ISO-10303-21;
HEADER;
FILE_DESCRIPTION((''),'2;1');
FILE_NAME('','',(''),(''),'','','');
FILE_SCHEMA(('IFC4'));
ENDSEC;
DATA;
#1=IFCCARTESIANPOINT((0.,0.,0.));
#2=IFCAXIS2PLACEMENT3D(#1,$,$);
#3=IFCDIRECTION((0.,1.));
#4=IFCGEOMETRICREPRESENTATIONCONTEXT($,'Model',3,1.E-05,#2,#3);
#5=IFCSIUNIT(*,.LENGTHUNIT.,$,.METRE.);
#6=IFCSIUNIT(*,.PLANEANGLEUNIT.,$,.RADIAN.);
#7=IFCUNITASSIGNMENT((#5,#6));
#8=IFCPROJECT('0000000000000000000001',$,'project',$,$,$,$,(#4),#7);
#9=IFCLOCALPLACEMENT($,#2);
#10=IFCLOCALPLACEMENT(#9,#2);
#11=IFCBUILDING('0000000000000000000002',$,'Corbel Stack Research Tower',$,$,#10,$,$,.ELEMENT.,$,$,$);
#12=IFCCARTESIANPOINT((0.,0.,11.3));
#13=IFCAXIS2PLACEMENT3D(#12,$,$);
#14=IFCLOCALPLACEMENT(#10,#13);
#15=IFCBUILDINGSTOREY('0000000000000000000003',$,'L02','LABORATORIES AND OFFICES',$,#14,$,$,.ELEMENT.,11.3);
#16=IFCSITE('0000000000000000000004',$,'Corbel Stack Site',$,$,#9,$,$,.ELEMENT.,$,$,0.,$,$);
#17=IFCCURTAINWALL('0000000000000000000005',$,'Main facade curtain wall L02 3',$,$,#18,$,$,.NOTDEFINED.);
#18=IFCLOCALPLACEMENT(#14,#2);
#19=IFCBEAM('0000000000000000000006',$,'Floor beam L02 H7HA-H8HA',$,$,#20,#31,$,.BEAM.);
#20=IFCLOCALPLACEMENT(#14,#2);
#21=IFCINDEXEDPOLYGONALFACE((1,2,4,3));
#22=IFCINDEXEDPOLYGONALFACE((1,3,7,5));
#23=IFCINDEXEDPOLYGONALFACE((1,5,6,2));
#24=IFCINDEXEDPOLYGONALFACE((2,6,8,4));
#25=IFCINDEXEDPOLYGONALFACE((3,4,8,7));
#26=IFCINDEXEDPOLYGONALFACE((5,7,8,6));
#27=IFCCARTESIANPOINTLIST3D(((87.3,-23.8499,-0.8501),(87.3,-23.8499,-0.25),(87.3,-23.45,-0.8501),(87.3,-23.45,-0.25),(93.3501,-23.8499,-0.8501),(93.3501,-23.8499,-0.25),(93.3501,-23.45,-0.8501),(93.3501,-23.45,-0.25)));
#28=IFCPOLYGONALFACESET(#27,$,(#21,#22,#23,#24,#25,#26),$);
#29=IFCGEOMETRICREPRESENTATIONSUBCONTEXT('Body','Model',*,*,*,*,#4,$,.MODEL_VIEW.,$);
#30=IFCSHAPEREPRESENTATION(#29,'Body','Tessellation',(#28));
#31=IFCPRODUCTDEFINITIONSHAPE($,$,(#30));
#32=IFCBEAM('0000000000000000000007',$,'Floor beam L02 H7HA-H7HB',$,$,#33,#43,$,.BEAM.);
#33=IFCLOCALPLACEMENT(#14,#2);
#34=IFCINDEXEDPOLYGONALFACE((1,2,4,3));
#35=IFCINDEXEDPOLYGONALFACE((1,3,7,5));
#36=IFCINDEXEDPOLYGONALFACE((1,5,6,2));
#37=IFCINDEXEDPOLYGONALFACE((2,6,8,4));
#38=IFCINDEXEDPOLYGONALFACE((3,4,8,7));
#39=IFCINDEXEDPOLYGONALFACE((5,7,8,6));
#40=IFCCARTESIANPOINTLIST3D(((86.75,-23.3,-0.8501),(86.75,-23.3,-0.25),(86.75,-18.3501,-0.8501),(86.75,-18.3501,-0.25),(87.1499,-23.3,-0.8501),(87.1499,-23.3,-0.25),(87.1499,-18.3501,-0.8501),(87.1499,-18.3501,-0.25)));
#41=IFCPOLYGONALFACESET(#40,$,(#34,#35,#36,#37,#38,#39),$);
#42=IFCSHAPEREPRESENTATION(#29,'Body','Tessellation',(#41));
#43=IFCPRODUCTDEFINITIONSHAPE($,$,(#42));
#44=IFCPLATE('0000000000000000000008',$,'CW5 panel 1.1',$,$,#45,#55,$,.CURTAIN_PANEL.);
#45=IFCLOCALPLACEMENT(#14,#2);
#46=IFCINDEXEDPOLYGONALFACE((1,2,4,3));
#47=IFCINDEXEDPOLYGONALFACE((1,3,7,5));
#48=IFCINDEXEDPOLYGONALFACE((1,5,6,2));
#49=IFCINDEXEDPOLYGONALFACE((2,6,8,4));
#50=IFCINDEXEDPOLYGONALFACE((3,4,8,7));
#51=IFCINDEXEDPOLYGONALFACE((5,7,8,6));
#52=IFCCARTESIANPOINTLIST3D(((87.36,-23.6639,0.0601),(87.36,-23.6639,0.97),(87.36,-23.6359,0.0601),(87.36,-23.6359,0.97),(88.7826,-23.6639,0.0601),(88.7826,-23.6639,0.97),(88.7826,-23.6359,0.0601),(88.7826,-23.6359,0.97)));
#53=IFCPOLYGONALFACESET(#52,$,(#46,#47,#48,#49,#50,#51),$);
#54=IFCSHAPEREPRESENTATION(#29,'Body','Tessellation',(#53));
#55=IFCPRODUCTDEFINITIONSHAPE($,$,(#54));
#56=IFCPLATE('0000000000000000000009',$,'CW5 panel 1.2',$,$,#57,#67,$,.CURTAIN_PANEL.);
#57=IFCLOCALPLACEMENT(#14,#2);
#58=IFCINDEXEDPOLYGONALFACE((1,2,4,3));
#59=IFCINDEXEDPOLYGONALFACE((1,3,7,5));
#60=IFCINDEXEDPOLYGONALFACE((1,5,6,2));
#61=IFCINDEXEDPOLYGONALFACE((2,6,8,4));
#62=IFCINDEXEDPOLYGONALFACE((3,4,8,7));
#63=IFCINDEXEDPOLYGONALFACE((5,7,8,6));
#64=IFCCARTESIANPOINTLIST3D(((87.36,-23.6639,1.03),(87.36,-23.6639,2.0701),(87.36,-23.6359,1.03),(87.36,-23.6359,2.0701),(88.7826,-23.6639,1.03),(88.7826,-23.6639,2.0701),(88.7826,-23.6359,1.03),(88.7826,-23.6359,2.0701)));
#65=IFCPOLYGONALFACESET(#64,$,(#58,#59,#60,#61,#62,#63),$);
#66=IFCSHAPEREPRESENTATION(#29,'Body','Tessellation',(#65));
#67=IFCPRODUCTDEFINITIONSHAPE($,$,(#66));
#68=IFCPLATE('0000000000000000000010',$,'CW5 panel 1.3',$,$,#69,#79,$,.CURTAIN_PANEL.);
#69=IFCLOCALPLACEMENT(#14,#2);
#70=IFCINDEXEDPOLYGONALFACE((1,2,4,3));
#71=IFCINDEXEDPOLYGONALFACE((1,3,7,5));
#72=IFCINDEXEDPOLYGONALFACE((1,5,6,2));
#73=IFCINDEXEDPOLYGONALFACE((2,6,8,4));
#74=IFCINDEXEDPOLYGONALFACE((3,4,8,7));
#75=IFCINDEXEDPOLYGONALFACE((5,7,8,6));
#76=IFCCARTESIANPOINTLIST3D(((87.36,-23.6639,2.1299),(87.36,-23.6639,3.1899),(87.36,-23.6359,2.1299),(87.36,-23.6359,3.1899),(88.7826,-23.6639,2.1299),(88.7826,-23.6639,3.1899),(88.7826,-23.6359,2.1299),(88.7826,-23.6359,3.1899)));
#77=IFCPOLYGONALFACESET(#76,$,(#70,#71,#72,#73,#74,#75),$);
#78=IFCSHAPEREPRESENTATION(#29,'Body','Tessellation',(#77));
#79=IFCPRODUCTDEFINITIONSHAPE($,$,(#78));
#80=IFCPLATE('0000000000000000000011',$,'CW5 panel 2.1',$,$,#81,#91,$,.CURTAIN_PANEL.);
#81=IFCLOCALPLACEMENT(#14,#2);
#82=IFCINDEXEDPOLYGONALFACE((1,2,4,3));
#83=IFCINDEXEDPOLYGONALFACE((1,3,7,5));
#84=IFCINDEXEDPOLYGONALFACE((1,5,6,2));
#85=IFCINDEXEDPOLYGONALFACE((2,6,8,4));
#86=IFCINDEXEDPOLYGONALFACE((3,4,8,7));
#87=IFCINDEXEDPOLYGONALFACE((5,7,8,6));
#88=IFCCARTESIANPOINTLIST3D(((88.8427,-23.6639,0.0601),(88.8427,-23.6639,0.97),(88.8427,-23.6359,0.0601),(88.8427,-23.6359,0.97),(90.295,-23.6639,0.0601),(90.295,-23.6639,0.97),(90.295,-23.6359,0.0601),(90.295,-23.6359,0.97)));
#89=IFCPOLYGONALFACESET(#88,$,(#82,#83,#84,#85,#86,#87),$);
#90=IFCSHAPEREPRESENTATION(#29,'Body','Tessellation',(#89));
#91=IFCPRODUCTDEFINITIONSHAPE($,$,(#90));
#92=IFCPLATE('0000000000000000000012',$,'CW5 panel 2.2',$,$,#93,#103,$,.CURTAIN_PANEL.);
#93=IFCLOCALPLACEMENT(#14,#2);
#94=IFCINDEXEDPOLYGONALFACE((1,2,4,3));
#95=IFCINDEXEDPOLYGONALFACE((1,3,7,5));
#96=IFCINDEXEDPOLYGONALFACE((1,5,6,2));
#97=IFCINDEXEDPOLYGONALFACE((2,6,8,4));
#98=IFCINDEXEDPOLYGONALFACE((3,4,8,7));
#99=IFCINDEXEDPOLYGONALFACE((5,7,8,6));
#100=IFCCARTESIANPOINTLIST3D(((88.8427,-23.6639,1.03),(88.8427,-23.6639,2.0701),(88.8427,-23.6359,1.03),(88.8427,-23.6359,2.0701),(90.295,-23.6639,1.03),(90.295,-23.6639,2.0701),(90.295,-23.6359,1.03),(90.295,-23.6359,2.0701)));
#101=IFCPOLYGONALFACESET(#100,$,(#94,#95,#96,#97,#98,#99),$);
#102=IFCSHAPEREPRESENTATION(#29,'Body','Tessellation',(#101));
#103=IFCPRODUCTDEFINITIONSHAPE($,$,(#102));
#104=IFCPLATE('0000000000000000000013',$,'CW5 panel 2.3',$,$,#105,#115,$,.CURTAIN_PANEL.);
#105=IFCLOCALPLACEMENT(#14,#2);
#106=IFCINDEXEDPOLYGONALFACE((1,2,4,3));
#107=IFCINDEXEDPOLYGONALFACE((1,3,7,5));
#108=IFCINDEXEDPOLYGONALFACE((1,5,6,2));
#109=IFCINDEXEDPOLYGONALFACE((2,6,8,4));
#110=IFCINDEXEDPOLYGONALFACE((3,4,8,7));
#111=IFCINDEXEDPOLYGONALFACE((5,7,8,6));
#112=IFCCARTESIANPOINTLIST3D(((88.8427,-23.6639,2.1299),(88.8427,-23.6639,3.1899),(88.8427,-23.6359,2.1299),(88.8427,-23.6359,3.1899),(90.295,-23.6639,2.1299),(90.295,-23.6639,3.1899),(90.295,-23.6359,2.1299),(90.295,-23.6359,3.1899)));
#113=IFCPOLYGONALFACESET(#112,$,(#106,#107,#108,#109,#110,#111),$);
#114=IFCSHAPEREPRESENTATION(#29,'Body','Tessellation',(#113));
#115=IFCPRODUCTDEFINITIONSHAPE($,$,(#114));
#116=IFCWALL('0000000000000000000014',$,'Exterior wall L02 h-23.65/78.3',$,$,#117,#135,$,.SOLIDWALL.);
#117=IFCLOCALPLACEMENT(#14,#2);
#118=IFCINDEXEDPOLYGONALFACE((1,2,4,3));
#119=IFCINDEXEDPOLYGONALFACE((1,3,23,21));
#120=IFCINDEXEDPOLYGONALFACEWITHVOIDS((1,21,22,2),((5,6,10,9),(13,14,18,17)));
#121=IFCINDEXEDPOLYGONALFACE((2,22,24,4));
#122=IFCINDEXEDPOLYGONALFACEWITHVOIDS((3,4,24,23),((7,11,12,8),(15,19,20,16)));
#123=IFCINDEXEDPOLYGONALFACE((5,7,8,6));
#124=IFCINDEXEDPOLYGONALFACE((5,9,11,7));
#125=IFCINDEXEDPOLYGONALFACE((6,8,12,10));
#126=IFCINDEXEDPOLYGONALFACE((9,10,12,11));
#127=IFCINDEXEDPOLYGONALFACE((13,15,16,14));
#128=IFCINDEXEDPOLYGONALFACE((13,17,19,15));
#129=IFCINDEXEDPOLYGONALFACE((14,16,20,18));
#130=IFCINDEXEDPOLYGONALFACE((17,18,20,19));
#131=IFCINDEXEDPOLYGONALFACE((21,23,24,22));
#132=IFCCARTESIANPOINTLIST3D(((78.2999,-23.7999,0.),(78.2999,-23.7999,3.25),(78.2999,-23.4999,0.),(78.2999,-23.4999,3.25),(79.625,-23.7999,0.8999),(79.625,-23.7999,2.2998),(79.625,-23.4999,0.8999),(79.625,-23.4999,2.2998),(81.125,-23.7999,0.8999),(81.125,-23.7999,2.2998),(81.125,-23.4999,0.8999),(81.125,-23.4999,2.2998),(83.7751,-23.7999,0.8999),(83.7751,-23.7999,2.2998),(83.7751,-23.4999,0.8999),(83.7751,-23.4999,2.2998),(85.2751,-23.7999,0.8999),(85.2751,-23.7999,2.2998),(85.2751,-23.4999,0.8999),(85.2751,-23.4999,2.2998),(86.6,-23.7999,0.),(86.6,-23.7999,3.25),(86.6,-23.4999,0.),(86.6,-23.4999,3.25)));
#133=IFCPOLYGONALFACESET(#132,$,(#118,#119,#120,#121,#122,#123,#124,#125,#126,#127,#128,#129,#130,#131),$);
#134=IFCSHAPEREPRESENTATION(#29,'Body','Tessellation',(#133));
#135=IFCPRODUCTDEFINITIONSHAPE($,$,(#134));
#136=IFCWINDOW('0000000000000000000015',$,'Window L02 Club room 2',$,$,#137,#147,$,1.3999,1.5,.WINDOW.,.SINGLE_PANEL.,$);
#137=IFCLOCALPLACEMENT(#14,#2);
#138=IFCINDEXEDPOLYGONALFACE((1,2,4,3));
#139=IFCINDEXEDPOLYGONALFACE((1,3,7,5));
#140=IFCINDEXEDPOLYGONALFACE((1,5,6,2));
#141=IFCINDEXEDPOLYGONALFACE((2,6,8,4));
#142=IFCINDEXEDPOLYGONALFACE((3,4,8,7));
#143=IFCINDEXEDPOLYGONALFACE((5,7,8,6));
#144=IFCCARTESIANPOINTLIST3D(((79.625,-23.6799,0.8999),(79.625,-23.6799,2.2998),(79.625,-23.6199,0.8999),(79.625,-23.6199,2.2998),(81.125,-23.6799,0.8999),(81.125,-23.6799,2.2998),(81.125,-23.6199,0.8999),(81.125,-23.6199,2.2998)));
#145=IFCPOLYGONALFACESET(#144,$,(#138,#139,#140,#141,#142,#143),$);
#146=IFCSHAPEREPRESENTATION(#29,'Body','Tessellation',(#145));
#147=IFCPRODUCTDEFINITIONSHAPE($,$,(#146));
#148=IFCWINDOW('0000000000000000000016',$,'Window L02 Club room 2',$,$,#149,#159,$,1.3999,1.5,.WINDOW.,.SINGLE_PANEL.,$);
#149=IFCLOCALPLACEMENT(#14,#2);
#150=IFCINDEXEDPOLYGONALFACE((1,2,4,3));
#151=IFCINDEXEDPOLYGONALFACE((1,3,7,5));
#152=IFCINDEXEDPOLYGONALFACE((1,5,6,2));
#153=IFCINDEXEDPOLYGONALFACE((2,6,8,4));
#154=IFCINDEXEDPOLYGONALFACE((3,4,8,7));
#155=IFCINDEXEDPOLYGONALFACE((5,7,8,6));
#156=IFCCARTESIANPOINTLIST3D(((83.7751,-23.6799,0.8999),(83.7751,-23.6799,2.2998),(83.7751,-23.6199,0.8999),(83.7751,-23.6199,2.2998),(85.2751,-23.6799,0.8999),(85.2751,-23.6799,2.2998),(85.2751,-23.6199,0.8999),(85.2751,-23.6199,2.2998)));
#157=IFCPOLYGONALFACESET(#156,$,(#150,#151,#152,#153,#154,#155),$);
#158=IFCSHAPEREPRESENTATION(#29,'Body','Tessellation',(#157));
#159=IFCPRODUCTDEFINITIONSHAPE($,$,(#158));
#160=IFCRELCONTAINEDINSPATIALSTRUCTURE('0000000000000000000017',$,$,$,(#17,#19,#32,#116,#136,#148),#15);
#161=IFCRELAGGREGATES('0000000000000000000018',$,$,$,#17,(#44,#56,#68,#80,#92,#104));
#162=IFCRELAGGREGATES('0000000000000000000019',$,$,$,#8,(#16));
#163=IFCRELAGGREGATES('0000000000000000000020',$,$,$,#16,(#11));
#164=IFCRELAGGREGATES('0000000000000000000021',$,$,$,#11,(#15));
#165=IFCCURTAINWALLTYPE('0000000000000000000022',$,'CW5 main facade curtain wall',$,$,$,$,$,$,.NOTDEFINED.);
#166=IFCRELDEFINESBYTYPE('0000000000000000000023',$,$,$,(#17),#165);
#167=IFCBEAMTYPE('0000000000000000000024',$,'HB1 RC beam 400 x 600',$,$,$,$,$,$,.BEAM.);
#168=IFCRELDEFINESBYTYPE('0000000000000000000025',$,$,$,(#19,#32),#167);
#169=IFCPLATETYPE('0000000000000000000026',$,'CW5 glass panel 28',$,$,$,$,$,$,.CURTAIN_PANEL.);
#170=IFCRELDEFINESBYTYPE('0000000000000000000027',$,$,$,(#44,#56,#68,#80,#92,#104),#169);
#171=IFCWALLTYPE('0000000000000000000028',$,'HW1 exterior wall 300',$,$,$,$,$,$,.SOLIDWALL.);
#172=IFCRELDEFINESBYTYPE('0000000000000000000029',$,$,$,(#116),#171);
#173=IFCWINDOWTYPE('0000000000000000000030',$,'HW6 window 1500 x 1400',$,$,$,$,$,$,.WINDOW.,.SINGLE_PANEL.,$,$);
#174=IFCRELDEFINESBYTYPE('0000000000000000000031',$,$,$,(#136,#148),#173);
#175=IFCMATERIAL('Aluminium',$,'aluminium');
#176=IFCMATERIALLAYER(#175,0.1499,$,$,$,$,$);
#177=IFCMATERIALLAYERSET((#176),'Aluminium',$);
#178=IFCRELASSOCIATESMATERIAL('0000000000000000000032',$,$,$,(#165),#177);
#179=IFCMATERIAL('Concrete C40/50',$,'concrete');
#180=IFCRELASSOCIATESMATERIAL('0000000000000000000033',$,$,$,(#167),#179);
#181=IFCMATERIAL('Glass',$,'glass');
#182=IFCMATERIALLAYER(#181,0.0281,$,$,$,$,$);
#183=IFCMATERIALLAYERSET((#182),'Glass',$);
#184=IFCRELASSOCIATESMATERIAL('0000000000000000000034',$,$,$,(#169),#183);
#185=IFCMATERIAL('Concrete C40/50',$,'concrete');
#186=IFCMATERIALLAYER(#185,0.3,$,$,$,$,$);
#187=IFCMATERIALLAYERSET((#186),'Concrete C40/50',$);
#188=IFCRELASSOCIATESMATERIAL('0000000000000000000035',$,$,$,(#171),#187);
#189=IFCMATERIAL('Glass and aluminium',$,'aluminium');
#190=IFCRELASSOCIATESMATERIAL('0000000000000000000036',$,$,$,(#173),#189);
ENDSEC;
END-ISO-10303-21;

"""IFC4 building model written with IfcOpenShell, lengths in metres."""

from ifc_helpers import new_model, si_unit, direction, frame, frame_2d, origin, origin_2d, place, context, subcontext, project, spatial, rectangle, extrude, material, layer, layer_set, material_profile, profile_set, type_object, element, fill, aggregate, save


model = new_model("IFC4")

# Units and contexts
model_context = context("Model", 3, precision=1e-05, world=origin(), true_north=direction((0.0, 1.0)))
body_context = subcontext(model_context, "Body", "Model", "MODEL_VIEW")
ifc_project = project(units=[si_unit("LENGTHUNIT", "METRE"), si_unit("PLANEANGLEUNIT", "RADIAN")], contexts=[model_context])

# Site, building, storey
site_placement = place(None, origin())
site = spatial("IfcSite", under=ifc_project, at=site_placement, Name="Corbel Stack Site", CompositionType="ELEMENT", RefElevation=0.0)
building_placement = place(site_placement, origin())
building = spatial("IfcBuilding", under=site, at=building_placement, Name="Corbel Stack Research Tower", CompositionType="ELEMENT")
storey_placement = place(building_placement, frame((0.0, 0.0, 11.3)))
storey = spatial("IfcBuildingStorey", under=building, at=storey_placement, Name="L02", Description="LABORATORIES AND OFFICES", CompositionType="ELEMENT", Elevation=11.3)

# Curtain wall
ifc_material_1 = material(Name="Aluminium", Category="aluminium")
ifc_layer_1 = layer(ifc_material_1, 0.1499)
ifc_layer_set_1 = layer_set([ifc_layer_1], Name="Aluminium")
curtain_wall_type = type_object("IfcCurtainWallType", Name="CW5 main facade curtain wall", PredefinedType="NOTDEFINED", material=ifc_layer_set_1)
curtain_wall_placement = place(storey_placement, origin())
curtain_wall = element("IfcCurtainWall", 1, at=curtain_wall_placement, inside=storey, type_object=curtain_wall_type, Name="Main facade curtain wall L02 3", PredefinedType="NOTDEFINED")

# Beams
ifc_material_2 = material(Name="Concrete C40/50", Category="concrete")
ifc_material_profile_1 = material_profile(ifc_material_2, rectangle(XDim=0.3999, YDim=0.6001, at=origin_2d()), Name="RC 400 x 600")
ifc_profile_set_1 = profile_set([ifc_material_profile_1], Name="Concrete C40/50")
beam_type = type_object("IfcBeamType", Name="HB1 RC beam 400 x 600", PredefinedType="BEAM", material=ifc_profile_set_1)
beam_1_placement = place(storey_placement, frame((87.3, -23.6499, -0.55), z_axis=(1.0, 0.0, 0.0), x_axis=(0.0, 1.0, 0.0)))
element("IfcBeam", 2, at=beam_1_placement, inside=storey, type_object=beam_type, Name="Floor beam L02 H7HA-H8HA", PredefinedType="BEAM", context=body_context, shape_type="SweptSolid", body=[
    extrude(rectangle(XDim=0.3999, YDim=0.6001, at=origin_2d()), origin(), (0.0, 0.0, 1.0), 6.05),
])
beam_2_placement = place(storey_placement, frame((86.95, -23.3, -0.55), z_axis=(0.0, 1.0, 0.0), x_axis=(-1.0, 0.0, 0.0)))
element("IfcBeam", 3, at=beam_2_placement, inside=storey, type_object=beam_type, Name="Floor beam L02 H7HA-H7HB", PredefinedType="BEAM", context=body_context, shape_type="SweptSolid", body=[
    extrude(rectangle(XDim=0.3999, YDim=0.6001, at=origin_2d()), origin(), (0.0, 0.0, 1.0), 4.95),
])

# Plates
ifc_material_3 = material(Name="Glass", Category="glass")
ifc_layer_2 = layer(ifc_material_3, 0.0281)
ifc_layer_set_2 = layer_set([ifc_layer_2], Name="Glass")
plate_type = type_object("IfcPlateType", Name="CW5 glass panel 28", PredefinedType="CURTAIN_PANEL", material=ifc_layer_set_2)
plate_1_placement = place(storey_placement, frame((88.0713, -23.6499, 0.0601), z_axis=(0.0, 0.0, 1.0), x_axis=(1.0, 0.0, 0.0)))
plate_1 = element("IfcPlate", 4, at=plate_1_placement, type_object=plate_type, Name="CW5 panel 1.1", PredefinedType="CURTAIN_PANEL", context=body_context, shape_type="SweptSolid", body=[
    extrude(rectangle(XDim=1.4226, YDim=0.0281, at=origin_2d()), origin(), (0.0, 0.0, 1.0), 0.9099),
])
plate_2_placement = place(storey_placement, frame((88.0713, -23.6499, 1.03), z_axis=(0.0, 0.0, 1.0), x_axis=(1.0, 0.0, 0.0)))
plate_2 = element("IfcPlate", 5, at=plate_2_placement, type_object=plate_type, Name="CW5 panel 1.2", PredefinedType="CURTAIN_PANEL", context=body_context, shape_type="SweptSolid", body=[
    extrude(rectangle(XDim=1.4226, YDim=0.0281, at=origin_2d()), origin(), (0.0, 0.0, 1.0), 1.04),
])
plate_3_placement = place(storey_placement, frame((88.0713, -23.6499, 2.1299), z_axis=(0.0, 0.0, 1.0), x_axis=(1.0, 0.0, 0.0)))
plate_3 = element("IfcPlate", 6, at=plate_3_placement, type_object=plate_type, Name="CW5 panel 1.3", PredefinedType="CURTAIN_PANEL", context=body_context, shape_type="SweptSolid", body=[
    extrude(rectangle(XDim=1.4226, YDim=0.0281, at=origin_2d()), origin(), (0.0, 0.0, 1.0), 1.0601),
])
plate_4_placement = place(storey_placement, frame((89.5688, -23.6499, 0.0601), z_axis=(0.0, 0.0, 1.0), x_axis=(1.0, 0.0, 0.0)))
plate_4 = element("IfcPlate", 7, at=plate_4_placement, type_object=plate_type, Name="CW5 panel 2.1", PredefinedType="CURTAIN_PANEL", context=body_context, shape_type="SweptSolid", body=[
    extrude(rectangle(XDim=1.4524, YDim=0.0281, at=origin_2d()), origin(), (0.0, 0.0, 1.0), 0.9099),
])
plate_5_placement = place(storey_placement, frame((89.5688, -23.6499, 1.03), z_axis=(0.0, 0.0, 1.0), x_axis=(1.0, 0.0, 0.0)))
plate_5 = element("IfcPlate", 8, at=plate_5_placement, type_object=plate_type, Name="CW5 panel 2.2", PredefinedType="CURTAIN_PANEL", context=body_context, shape_type="SweptSolid", body=[
    extrude(rectangle(XDim=1.4524, YDim=0.0281, at=origin_2d()), origin(), (0.0, 0.0, 1.0), 1.04),
])
plate_6_placement = place(storey_placement, frame((89.5688, -23.6499, 2.1299), z_axis=(0.0, 0.0, 1.0), x_axis=(1.0, 0.0, 0.0)))
plate_6 = element("IfcPlate", 9, at=plate_6_placement, type_object=plate_type, Name="CW5 panel 2.3", PredefinedType="CURTAIN_PANEL", context=body_context, shape_type="SweptSolid", body=[
    extrude(rectangle(XDim=1.4524, YDim=0.0281, at=origin_2d()), origin(), (0.0, 0.0, 1.0), 1.0601),
])
aggregate(curtain_wall, [plate_1, plate_2, plate_3, plate_4, plate_5, plate_6])

# Wall, openings, windows
ifc_material_4 = material(Name="Concrete C40/50", Category="concrete")
ifc_layer_3 = layer(ifc_material_4, 0.3)
ifc_layer_set_3 = layer_set([ifc_layer_3], Name="Concrete C40/50")
wall_type_1 = type_object("IfcWallType", Name="HW1 exterior wall 300", PredefinedType="SOLIDWALL", material=ifc_layer_set_3)
wall_1_placement = place(storey_placement, frame((78.3, -23.6499, 0.0), z_axis=(0.0, 0.0, 1.0), x_axis=(1.0, 0.0, 0.0)))
wall_1 = element("IfcWall", 10, at=wall_1_placement, inside=storey, type_object=wall_type_1, Name="Exterior wall L02 h-23.65/78.3", PredefinedType="SOLIDWALL", context=body_context, shape_type="SweptSolid", body=[
    extrude(rectangle(XDim=8.3, YDim=0.3, at=frame_2d((4.1499, 0.0))), origin(), (0.0, 0.0, 1.0), 3.25),
])
opening_1_placement = place(wall_1_placement, frame((1.325, 0.0, 0.8999)))
opening_1 = element("IfcOpeningElement", 11, at=opening_1_placement, cuts=wall_1, PredefinedType="OPENING", context=body_context, shape_type="SweptSolid", body=[
    extrude(rectangle(XDim=1.5, YDim=1.3999, at=frame_2d((0.75, 0.7))), frame((0.0, 0.1599, 0.0), z_axis=(0.0, -1.0, 0.0), x_axis=(1.0, 0.0, 0.0)), (0.0, 0.0, 1.0), 0.3201),
])
opening_2_placement = place(wall_1_placement, frame((5.4751, 0.0, 0.8999)))
opening_2 = element("IfcOpeningElement", 12, at=opening_2_placement, cuts=wall_1, PredefinedType="OPENING", context=body_context, shape_type="SweptSolid", body=[
    extrude(rectangle(XDim=1.5, YDim=1.3999, at=frame_2d((0.75, 0.7))), frame((0.0, 0.1599, 0.0), z_axis=(0.0, -1.0, 0.0), x_axis=(1.0, 0.0, 0.0)), (0.0, 0.0, 1.0), 0.3201),
])
ifc_material_5 = material(Name="Glass and aluminium", Category="aluminium")
window_type = type_object("IfcWindowType", Name="HW6 window 1500 x 1400", PartitioningType="SINGLE_PANEL", PredefinedType="WINDOW", material=ifc_material_5)
window_1_placement = place(opening_1_placement, origin())
window_1 = element("IfcWindow", 13, at=window_1_placement, inside=storey, type_object=window_type, Name="Window L02 Club room 2", OverallHeight=1.3999, OverallWidth=1.5, PartitioningType="SINGLE_PANEL", PredefinedType="WINDOW", context=body_context, shape_type="SweptSolid", body=[
    extrude(rectangle(XDim=1.5, YDim=1.3999, at=frame_2d((0.75, 0.7))), frame((0.0, 0.03, 0.0), z_axis=(0.0, -1.0, 0.0), x_axis=(1.0, 0.0, 0.0)), (0.0, 0.0, 1.0), 0.0601),
])
fill(opening_1, window_1)
window_2_placement = place(opening_2_placement, origin())
window_2 = element("IfcWindow", 14, at=window_2_placement, inside=storey, type_object=window_type, Name="Window L02 Club room 2", OverallHeight=1.3999, OverallWidth=1.5, PartitioningType="SINGLE_PANEL", PredefinedType="WINDOW", context=body_context, shape_type="SweptSolid", body=[
    extrude(rectangle(XDim=1.5, YDim=1.3999, at=frame_2d((0.75, 0.7))), frame((0.0, 0.03, 0.0), z_axis=(0.0, -1.0, 0.0), x_axis=(1.0, 0.0, 0.0)), (0.0, 0.0, 1.0), 0.0601),
])
fill(opening_2, window_2)

save(model, "model.ifc")
